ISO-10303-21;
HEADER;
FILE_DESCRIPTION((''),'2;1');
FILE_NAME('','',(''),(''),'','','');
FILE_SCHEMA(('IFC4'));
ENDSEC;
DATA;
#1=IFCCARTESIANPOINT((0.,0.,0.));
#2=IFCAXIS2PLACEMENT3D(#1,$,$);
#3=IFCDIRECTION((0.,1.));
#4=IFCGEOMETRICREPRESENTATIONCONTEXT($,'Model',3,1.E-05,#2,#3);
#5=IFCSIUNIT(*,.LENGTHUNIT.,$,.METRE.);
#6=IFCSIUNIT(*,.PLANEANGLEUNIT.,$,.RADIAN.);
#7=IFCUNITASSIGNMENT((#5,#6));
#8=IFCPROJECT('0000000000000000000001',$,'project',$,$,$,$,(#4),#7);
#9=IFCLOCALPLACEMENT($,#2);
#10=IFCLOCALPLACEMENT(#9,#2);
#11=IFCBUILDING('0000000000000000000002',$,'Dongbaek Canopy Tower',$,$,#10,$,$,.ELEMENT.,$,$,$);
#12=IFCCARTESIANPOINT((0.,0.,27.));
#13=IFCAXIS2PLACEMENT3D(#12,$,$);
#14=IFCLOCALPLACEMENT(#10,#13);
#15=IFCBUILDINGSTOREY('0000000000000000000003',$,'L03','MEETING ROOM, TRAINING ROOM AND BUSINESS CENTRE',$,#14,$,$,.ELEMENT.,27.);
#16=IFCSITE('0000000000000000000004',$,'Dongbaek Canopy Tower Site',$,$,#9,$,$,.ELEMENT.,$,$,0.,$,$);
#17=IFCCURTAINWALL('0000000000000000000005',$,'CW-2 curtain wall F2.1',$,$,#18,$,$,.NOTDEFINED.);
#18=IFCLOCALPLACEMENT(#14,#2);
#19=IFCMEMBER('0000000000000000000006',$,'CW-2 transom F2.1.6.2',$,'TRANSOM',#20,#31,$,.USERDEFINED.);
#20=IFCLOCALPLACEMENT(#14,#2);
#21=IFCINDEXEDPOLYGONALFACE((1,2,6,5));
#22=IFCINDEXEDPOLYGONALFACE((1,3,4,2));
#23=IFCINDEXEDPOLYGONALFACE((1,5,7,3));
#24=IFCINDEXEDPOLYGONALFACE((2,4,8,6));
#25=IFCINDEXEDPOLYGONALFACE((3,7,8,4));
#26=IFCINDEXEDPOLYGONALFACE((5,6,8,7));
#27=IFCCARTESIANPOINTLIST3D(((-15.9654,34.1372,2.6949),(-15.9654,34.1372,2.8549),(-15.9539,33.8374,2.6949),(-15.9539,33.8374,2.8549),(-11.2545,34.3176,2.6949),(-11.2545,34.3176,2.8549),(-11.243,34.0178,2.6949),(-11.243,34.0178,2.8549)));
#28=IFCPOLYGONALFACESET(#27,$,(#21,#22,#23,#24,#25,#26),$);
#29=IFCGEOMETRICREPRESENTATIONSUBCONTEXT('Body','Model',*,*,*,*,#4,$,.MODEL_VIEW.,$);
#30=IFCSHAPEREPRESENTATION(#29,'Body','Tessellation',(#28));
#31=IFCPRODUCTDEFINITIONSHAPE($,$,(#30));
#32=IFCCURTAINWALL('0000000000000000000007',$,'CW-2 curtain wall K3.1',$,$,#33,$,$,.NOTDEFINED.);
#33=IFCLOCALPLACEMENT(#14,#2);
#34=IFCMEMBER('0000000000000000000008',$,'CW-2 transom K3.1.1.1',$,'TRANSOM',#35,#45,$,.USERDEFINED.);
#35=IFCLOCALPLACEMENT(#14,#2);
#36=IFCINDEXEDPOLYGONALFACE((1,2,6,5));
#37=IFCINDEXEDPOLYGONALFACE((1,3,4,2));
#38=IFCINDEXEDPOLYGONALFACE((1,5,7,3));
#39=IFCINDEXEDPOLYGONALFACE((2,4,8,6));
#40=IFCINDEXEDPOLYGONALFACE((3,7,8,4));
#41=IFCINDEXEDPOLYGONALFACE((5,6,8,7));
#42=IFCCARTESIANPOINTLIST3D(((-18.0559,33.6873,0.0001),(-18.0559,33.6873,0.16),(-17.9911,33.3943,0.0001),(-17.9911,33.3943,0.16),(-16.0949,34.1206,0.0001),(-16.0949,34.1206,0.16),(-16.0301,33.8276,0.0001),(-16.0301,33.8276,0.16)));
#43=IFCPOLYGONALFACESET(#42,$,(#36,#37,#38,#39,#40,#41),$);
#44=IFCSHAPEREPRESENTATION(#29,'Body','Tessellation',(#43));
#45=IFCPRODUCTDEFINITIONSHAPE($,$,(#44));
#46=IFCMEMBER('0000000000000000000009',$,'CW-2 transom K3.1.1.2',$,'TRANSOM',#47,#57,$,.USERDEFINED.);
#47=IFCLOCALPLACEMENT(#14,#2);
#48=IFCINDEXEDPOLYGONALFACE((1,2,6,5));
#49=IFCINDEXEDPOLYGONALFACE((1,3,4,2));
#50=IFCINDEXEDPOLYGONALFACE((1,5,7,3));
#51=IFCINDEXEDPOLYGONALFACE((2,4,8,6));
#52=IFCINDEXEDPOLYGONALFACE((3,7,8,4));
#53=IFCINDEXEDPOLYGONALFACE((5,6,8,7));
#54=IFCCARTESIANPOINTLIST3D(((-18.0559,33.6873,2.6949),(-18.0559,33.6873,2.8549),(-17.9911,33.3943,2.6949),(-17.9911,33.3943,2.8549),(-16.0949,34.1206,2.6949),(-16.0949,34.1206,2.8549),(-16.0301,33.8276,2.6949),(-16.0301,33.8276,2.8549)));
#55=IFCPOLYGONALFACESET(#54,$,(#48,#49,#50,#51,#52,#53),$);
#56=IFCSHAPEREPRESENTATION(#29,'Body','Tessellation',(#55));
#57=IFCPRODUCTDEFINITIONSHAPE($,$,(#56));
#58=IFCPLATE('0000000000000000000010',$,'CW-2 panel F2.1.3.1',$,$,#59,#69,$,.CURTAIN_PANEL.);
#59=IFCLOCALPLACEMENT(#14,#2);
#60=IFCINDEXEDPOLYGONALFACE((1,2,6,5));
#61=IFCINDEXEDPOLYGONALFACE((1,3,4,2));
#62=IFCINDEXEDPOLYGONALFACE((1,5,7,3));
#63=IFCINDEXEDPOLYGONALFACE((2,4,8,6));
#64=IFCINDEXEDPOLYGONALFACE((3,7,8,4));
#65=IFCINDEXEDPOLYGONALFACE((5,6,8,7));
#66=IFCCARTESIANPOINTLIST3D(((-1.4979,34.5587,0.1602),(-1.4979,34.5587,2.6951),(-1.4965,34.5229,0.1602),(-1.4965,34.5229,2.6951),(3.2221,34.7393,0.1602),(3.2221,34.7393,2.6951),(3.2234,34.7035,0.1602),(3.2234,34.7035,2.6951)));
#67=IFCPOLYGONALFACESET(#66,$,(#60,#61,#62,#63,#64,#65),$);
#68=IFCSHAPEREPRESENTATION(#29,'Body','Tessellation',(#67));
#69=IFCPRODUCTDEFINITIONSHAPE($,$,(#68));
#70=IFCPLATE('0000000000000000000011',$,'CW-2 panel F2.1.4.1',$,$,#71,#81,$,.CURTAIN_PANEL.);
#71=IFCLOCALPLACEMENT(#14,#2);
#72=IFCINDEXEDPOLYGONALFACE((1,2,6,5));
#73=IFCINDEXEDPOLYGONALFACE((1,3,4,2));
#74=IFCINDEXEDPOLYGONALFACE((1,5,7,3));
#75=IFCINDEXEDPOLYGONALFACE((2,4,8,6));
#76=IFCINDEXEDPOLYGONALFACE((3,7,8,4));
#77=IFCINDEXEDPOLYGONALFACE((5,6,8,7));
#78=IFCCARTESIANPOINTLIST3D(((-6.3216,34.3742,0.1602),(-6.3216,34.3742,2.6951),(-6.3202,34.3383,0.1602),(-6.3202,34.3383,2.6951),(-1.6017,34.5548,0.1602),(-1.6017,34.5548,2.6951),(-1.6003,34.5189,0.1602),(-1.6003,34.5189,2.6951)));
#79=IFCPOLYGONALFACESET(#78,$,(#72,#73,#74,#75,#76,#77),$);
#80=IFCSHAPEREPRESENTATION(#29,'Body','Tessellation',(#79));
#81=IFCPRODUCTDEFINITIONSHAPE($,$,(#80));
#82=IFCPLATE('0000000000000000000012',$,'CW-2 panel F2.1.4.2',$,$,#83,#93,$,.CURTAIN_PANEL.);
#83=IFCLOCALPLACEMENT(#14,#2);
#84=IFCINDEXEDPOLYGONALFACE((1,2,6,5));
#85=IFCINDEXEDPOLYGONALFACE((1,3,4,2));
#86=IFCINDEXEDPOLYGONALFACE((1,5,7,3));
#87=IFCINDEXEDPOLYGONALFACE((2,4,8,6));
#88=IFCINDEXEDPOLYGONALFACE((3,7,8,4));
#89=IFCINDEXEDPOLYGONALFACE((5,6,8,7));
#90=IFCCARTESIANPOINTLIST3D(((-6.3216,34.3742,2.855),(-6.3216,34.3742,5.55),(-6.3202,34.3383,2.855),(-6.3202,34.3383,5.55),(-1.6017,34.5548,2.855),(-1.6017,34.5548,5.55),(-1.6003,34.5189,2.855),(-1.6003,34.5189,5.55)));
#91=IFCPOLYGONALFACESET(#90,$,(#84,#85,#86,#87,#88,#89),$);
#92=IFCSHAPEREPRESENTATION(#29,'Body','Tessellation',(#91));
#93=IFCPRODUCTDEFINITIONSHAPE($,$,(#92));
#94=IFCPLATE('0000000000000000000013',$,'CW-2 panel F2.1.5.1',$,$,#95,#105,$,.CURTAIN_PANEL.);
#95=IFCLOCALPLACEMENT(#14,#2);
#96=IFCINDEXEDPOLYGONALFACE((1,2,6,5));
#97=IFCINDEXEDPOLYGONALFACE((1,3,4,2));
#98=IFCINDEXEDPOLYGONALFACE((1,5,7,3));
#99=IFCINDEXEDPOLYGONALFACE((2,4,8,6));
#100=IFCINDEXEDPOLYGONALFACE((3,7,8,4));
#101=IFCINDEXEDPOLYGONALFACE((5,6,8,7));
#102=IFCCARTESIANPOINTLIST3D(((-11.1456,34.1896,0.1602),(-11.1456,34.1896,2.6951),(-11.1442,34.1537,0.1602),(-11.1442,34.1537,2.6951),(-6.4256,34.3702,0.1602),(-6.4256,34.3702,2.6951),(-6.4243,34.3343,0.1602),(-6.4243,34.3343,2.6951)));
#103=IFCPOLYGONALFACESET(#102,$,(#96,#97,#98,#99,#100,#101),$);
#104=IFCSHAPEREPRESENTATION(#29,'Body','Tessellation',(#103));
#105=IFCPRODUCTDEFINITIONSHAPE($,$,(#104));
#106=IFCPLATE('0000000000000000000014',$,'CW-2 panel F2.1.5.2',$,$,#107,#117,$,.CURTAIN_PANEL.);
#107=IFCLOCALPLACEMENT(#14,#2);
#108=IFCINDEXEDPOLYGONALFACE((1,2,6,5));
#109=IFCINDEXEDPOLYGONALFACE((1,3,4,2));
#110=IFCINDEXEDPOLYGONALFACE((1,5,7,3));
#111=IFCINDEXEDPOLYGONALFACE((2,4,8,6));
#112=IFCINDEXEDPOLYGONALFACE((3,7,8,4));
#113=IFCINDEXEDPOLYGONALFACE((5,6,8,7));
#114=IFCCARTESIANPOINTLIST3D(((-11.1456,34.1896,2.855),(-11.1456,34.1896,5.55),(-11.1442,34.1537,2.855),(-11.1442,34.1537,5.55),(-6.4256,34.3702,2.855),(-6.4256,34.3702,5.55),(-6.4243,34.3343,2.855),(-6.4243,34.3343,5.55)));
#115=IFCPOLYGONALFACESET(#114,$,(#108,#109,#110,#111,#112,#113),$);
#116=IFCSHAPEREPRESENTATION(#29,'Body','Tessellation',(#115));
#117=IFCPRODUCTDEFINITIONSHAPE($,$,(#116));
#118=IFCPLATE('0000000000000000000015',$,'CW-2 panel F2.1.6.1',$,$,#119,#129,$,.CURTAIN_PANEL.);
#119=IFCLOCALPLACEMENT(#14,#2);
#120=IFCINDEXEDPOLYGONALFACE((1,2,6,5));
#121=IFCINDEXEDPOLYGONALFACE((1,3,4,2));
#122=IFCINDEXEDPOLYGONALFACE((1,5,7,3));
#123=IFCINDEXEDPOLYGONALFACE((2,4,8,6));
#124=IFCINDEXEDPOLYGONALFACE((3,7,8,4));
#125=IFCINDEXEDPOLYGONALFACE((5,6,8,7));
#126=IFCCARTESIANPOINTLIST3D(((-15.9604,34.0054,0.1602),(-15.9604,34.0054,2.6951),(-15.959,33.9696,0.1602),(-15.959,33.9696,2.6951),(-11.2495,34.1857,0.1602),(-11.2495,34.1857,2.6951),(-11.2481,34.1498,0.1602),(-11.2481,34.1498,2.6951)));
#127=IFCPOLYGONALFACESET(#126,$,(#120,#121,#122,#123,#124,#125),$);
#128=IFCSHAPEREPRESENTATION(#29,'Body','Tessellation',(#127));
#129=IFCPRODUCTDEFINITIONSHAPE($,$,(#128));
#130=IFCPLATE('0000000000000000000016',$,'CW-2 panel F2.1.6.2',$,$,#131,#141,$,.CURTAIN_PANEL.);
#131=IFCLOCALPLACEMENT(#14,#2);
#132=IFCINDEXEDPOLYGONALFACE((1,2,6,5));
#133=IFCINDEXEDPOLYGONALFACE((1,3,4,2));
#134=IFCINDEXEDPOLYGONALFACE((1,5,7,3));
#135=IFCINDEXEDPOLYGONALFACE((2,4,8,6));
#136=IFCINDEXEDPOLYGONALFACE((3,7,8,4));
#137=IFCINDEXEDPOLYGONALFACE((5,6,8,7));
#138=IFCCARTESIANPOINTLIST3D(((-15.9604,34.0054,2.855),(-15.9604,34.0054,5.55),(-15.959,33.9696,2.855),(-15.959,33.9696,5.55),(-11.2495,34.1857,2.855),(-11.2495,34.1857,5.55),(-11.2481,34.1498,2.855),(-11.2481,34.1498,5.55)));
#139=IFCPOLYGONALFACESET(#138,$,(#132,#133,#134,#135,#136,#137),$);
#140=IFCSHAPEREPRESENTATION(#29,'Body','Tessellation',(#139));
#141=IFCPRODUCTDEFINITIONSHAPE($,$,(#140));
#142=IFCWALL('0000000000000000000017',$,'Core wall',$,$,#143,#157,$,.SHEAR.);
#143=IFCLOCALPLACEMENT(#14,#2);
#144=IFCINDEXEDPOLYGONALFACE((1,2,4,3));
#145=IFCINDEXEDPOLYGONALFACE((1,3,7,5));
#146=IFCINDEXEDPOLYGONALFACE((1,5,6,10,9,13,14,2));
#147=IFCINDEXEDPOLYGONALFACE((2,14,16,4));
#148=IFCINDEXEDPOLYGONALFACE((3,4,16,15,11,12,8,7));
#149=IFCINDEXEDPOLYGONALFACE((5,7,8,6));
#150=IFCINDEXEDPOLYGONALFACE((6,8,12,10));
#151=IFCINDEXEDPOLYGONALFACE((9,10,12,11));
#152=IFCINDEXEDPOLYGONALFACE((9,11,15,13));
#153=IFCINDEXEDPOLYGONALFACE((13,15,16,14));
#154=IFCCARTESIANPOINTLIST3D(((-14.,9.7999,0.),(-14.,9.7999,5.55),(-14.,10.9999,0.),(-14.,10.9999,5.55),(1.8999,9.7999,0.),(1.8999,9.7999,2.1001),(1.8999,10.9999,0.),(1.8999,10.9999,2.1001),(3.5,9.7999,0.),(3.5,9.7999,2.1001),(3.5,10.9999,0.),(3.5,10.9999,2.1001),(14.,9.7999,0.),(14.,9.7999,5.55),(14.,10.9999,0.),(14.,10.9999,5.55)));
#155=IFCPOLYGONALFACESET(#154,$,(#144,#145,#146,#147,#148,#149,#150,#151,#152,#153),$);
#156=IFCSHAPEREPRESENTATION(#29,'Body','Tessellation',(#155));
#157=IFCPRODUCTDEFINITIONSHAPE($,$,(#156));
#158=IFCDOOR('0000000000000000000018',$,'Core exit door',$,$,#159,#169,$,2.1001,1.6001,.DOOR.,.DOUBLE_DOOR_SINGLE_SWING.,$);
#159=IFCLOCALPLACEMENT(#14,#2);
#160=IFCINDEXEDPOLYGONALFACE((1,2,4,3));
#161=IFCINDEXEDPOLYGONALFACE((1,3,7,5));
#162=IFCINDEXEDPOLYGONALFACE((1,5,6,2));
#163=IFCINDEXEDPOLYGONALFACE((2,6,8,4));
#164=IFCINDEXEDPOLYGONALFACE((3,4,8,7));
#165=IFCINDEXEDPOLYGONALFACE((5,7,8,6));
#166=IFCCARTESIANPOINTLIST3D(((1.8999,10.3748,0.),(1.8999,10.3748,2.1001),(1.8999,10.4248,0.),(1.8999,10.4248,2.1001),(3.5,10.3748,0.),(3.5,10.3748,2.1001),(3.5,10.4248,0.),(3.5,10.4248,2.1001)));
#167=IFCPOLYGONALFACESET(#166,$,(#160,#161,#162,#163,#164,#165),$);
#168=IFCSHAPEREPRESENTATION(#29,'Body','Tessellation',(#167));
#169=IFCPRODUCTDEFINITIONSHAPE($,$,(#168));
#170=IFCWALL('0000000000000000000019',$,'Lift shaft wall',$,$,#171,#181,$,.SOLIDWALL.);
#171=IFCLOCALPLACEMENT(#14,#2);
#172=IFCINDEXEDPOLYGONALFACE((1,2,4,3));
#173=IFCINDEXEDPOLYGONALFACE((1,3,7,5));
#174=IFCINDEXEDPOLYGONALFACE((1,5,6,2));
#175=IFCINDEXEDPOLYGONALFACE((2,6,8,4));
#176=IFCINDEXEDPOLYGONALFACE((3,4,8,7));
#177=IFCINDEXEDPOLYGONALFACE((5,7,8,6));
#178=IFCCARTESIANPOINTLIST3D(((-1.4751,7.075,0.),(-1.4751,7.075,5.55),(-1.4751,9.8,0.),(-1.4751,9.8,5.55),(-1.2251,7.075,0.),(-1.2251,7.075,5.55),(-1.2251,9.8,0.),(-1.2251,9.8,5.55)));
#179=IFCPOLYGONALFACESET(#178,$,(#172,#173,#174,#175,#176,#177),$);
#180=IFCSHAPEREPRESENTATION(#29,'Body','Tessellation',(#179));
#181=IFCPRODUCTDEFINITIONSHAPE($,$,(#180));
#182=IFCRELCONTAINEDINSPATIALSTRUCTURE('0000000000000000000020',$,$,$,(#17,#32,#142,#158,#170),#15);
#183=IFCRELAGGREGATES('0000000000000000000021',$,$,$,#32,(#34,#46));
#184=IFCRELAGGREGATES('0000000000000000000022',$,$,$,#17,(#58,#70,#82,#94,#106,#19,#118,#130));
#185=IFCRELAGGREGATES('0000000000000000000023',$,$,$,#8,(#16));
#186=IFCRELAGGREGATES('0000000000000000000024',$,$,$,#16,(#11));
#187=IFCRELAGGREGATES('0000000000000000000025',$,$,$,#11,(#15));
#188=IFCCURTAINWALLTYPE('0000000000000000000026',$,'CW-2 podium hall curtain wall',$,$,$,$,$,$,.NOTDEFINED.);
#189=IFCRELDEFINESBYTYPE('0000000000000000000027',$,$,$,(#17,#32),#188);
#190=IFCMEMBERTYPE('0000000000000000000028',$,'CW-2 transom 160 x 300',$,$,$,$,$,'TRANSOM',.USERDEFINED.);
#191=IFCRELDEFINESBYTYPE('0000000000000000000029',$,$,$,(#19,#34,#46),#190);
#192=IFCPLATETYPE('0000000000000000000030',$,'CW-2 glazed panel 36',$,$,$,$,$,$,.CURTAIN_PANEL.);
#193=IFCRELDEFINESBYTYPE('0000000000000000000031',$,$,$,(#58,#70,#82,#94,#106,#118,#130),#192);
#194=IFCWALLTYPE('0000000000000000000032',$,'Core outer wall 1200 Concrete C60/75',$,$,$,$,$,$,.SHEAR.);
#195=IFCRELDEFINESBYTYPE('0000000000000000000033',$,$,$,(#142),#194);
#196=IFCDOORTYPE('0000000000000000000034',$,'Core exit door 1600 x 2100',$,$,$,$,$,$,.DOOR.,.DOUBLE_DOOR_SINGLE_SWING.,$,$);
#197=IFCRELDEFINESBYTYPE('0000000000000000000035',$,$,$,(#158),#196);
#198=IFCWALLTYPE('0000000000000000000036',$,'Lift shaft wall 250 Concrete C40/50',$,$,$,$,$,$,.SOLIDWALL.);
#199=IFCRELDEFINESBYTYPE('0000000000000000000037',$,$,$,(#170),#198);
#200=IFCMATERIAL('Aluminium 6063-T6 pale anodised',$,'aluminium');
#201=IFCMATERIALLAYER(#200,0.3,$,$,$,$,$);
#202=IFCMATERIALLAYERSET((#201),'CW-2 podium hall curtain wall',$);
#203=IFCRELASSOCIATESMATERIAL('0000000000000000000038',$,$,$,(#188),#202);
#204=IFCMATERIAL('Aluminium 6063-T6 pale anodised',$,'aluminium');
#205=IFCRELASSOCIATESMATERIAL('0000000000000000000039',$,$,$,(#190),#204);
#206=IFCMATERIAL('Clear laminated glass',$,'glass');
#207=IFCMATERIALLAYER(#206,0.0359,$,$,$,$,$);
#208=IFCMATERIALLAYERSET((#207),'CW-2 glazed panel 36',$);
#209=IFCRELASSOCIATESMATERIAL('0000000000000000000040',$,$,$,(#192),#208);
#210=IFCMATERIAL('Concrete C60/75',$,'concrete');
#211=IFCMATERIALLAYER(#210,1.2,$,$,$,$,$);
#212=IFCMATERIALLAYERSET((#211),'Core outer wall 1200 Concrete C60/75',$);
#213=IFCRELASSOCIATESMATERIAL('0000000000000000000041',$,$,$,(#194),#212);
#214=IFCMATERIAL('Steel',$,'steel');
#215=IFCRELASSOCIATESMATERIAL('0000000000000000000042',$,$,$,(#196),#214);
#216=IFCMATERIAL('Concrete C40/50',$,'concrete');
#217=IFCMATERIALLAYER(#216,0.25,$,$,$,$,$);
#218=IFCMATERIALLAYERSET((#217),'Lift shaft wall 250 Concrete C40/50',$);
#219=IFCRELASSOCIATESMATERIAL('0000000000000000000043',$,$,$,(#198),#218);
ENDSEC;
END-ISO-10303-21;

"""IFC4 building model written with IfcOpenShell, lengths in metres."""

from ifc_helpers import new_model, si_unit, direction, frame, frame_2d, origin, origin_2d, place, context, subcontext, project, spatial, rectangle, extrude, material, layer, layer_set, material_profile, profile_set, type_object, element, fill, aggregate, save


model = new_model("IFC4")

# Units and contexts
model_context = context("Model", 3, precision=1e-05, world=origin(), true_north=direction((0.0, 1.0)))
body_context = subcontext(model_context, "Body", "Model", "MODEL_VIEW")
ifc_project = project(units=[si_unit("LENGTHUNIT", "METRE"), si_unit("PLANEANGLEUNIT", "RADIAN")], contexts=[model_context])

# Site, building, storey
site_placement = place(None, origin())
site = spatial("IfcSite", under=ifc_project, at=site_placement, Name="Dongbaek Canopy Tower Site", CompositionType="ELEMENT", RefElevation=0.0)
building_placement = place(site_placement, origin())
building = spatial("IfcBuilding", under=site, at=building_placement, Name="Dongbaek Canopy Tower", CompositionType="ELEMENT")
storey_placement = place(building_placement, frame((0.0, 0.0, 27.0)))
storey = spatial("IfcBuildingStorey", under=building, at=storey_placement, Name="L03", Description="MEETING ROOM, TRAINING ROOM AND BUSINESS CENTRE", CompositionType="ELEMENT", Elevation=27.0)

# Curtain walls, members
ifc_material_1 = material(Name="Aluminium 6063-T6 pale anodised", Category="aluminium")
ifc_layer_1 = layer(ifc_material_1, 0.3)
ifc_layer_set_1 = layer_set([ifc_layer_1], Name="CW-2 podium hall curtain wall")
curtain_wall_type = type_object("IfcCurtainWallType", Name="CW-2 podium hall curtain wall", PredefinedType="NOTDEFINED", material=ifc_layer_set_1)
curtain_wall_1_placement = place(storey_placement, origin())
curtain_wall_1 = element("IfcCurtainWall", 1, at=curtain_wall_1_placement, inside=storey, type_object=curtain_wall_type, Name="CW-2 curtain wall F2.1", PredefinedType="NOTDEFINED")
ifc_material_2 = material(Name="Aluminium 6063-T6 pale anodised", Category="aluminium")
ifc_material_profile_1 = material_profile(ifc_material_2, rectangle(XDim=0.3, YDim=0.1599, at=origin_2d()), Name="CW-2 transom 160 x 300")
ifc_profile_set_1 = profile_set([ifc_material_profile_1], Name="Aluminium 6063-T6 pale anodised")
member_type_1 = type_object("IfcMemberType", Name="CW-2 transom 160 x 300", ElementType="TRANSOM", PredefinedType="USERDEFINED", material=ifc_profile_set_1)
member_1_placement = place(storey_placement, frame((-11.2488, 34.1677, 2.7749), z_axis=(-0.999267, -0.03827, 0.0), x_axis=(0.03827, -0.999267, 0.0)))
member_1 = element("IfcMember", 2, at=member_1_placement, type_object=member_type_1, Name="CW-2 transom F2.1.6.2", ObjectType="TRANSOM", PredefinedType="USERDEFINED", context=body_context, shape_type="SweptSolid", body=[
    extrude(rectangle(XDim=0.3, YDim=0.1599, at=origin_2d()), origin(), (0.0, 0.0, 1.0), 4.7144),
])
curtain_wall_2_placement = place(storey_placement, origin())
curtain_wall_2 = element("IfcCurtainWall", 3, at=curtain_wall_2_placement, inside=storey, type_object=curtain_wall_type, Name="CW-2 curtain wall K3.1", PredefinedType="NOTDEFINED")
member_2_placement = place(storey_placement, frame((-16.0625, 33.9741, 0.0801), z_axis=(-0.976441, -0.215785, 0.0), x_axis=(0.215785, -0.976441, 0.0)))
member_2 = element("IfcMember", 4, at=member_2_placement, type_object=member_type_1, Name="CW-2 transom K3.1.1.1", ObjectType="TRANSOM", PredefinedType="USERDEFINED", context=body_context, shape_type="SweptSolid", body=[
    extrude(rectangle(XDim=0.3, YDim=0.1599, at=origin_2d()), origin(), (0.0, 0.0, 1.0), 2.0083),
])
member_3_placement = place(storey_placement, frame((-16.0625, 33.9741, 2.7749), z_axis=(-0.976441, -0.215785, 0.0), x_axis=(0.215785, -0.976441, 0.0)))
member_3 = element("IfcMember", 5, at=member_3_placement, type_object=member_type_1, Name="CW-2 transom K3.1.1.2", ObjectType="TRANSOM", PredefinedType="USERDEFINED", context=body_context, shape_type="SweptSolid", body=[
    extrude(rectangle(XDim=0.3, YDim=0.1599, at=origin_2d()), origin(), (0.0, 0.0, 1.0), 2.0083),
])
aggregate(curtain_wall_2, [member_2, member_3])

# Plates
ifc_material_3 = material(Name="Clear laminated glass", Category="glass")
ifc_layer_2 = layer(ifc_material_3, 0.0359)
ifc_layer_set_2 = layer_set([ifc_layer_2], Name="CW-2 glazed panel 36")
plate_type = type_object("IfcPlateType", Name="CW-2 glazed panel 36", PredefinedType="CURTAIN_PANEL", material=ifc_layer_set_2)
plate_1_placement = place(storey_placement, frame((0.8628, 34.6311, 0.1602), z_axis=(0.0, 0.0, 1.0), x_axis=(-0.999269, -0.038232, 0.0)))
plate_1 = element("IfcPlate", 6, at=plate_1_placement, type_object=plate_type, Name="CW-2 panel F2.1.3.1", PredefinedType="CURTAIN_PANEL", context=body_context, shape_type="SweptSolid", body=[
    extrude(rectangle(XDim=4.7234, YDim=0.0359, at=origin_2d()), origin(), (0.0, 0.0, 1.0), 2.5349),
])
plate_2_placement = place(storey_placement, frame((-3.9609, 34.4465, 0.1602), z_axis=(0.0, 0.0, 1.0), x_axis=(-0.999269, -0.038232, 0.0)))
plate_2 = element("IfcPlate", 7, at=plate_2_placement, type_object=plate_type, Name="CW-2 panel F2.1.4.1", PredefinedType="CURTAIN_PANEL", context=body_context, shape_type="SweptSolid", body=[
    extrude(rectangle(XDim=4.7234, YDim=0.0359, at=origin_2d()), origin(), (0.0, 0.0, 1.0), 2.5349),
])
plate_3_placement = place(storey_placement, frame((-3.9609, 34.4465, 2.855), z_axis=(0.0, 0.0, 1.0), x_axis=(-0.999269, -0.038232, 0.0)))
plate_3 = element("IfcPlate", 8, at=plate_3_placement, type_object=plate_type, Name="CW-2 panel F2.1.4.2", PredefinedType="CURTAIN_PANEL", context=body_context, shape_type="SweptSolid", body=[
    extrude(rectangle(XDim=4.7234, YDim=0.0359, at=origin_2d()), origin(), (0.0, 0.0, 1.0), 2.6951),
])
plate_4_placement = place(storey_placement, frame((-8.7849, 34.262, 0.1602), z_axis=(0.0, 0.0, 1.0), x_axis=(-0.999269, -0.038232, 0.0)))
plate_4 = element("IfcPlate", 9, at=plate_4_placement, type_object=plate_type, Name="CW-2 panel F2.1.5.1", PredefinedType="CURTAIN_PANEL", context=body_context, shape_type="SweptSolid", body=[
    extrude(rectangle(XDim=4.7234, YDim=0.0359, at=origin_2d()), origin(), (0.0, 0.0, 1.0), 2.5349),
])
plate_5_placement = place(storey_placement, frame((-8.7849, 34.262, 2.855), z_axis=(0.0, 0.0, 1.0), x_axis=(-0.999269, -0.038232, 0.0)))
plate_5 = element("IfcPlate", 10, at=plate_5_placement, type_object=plate_type, Name="CW-2 panel F2.1.5.2", PredefinedType="CURTAIN_PANEL", context=body_context, shape_type="SweptSolid", body=[
    extrude(rectangle(XDim=4.7234, YDim=0.0359, at=origin_2d()), origin(), (0.0, 0.0, 1.0), 2.6951),
])
plate_6_placement = place(storey_placement, frame((-13.6042, 34.0776, 0.1602), z_axis=(0.0, 0.0, 1.0), x_axis=(-0.999269, -0.038232, 0.0)))
plate_6 = element("IfcPlate", 11, at=plate_6_placement, type_object=plate_type, Name="CW-2 panel F2.1.6.1", PredefinedType="CURTAIN_PANEL", context=body_context, shape_type="SweptSolid", body=[
    extrude(rectangle(XDim=4.7144, YDim=0.0359, at=origin_2d()), origin(), (0.0, 0.0, 1.0), 2.5349),
])
plate_7_placement = place(storey_placement, frame((-13.6042, 34.0776, 2.855), z_axis=(0.0, 0.0, 1.0), x_axis=(-0.999269, -0.038232, 0.0)))
plate_7 = element("IfcPlate", 12, at=plate_7_placement, type_object=plate_type, Name="CW-2 panel F2.1.6.2", PredefinedType="CURTAIN_PANEL", context=body_context, shape_type="SweptSolid", body=[
    extrude(rectangle(XDim=4.7144, YDim=0.0359, at=origin_2d()), origin(), (0.0, 0.0, 1.0), 2.6951),
])
aggregate(curtain_wall_1, [plate_1, plate_2, plate_3, plate_4, plate_5, member_1, plate_6, plate_7])

# Wall, opening, door
ifc_material_4 = material(Name="Concrete C60/75", Category="concrete")
ifc_layer_3 = layer(ifc_material_4, 1.2)
ifc_layer_set_3 = layer_set([ifc_layer_3], Name="Core outer wall 1200 Concrete C60/75")
wall_type_1 = type_object("IfcWallType", Name="Core outer wall 1200 Concrete C60/75", PredefinedType="SHEAR", material=ifc_layer_set_3)
wall_1_placement = place(storey_placement, frame((-14.0, 10.3999, 0.0), z_axis=(0.0, 0.0, 1.0), x_axis=(1.0, 0.0, 0.0)))
wall_1 = element("IfcWall", 13, at=wall_1_placement, inside=storey, type_object=wall_type_1, Name="Core wall", PredefinedType="SHEAR", context=body_context, shape_type="SweptSolid", body=[
    extrude(rectangle(XDim=28.0, YDim=1.2, at=frame_2d((14.0, 0.0))), origin(), (0.0, 0.0, 1.0), 5.55),
])
opening_placement = place(wall_1_placement, frame((15.8999, 0.0, 0.0)))
opening = element("IfcOpeningElement", 14, at=opening_placement, cuts=wall_1, PredefinedType="OPENING", context=body_context, shape_type="SweptSolid", body=[
    extrude(rectangle(XDim=1.6001, YDim=2.1001, at=frame_2d((0.8, 1.05))), frame((0.0, 0.6099, 0.0), z_axis=(0.0, -1.0, 0.0), x_axis=(1.0, 0.0, 0.0)), (0.0, 0.0, 1.0), 1.22),
])
ifc_material_5 = material(Name="Steel", Category="steel")
door_type = type_object("IfcDoorType", Name="Core exit door 1600 x 2100", OperationType="DOUBLE_DOOR_SINGLE_SWING", PredefinedType="DOOR", material=ifc_material_5)
door_placement = place(opening_placement, origin())
door = element("IfcDoor", 15, at=door_placement, inside=storey, type_object=door_type, Name="Core exit door", OperationType="DOUBLE_DOOR_SINGLE_SWING", OverallHeight=2.1001, OverallWidth=1.6001, PredefinedType="DOOR", context=body_context, shape_type="SweptSolid", body=[
    extrude(rectangle(XDim=1.6001, YDim=2.1001, at=frame_2d((0.8, 1.05))), frame((0.0, 0.0249, 0.0), z_axis=(0.0, -1.0, 0.0), x_axis=(1.0, 0.0, 0.0)), (0.0, 0.0, 1.0), 0.05),
])
fill(opening, door)

# Wall
ifc_material_6 = material(Name="Concrete C40/50", Category="concrete")
ifc_layer_4 = layer(ifc_material_6, 0.25)
ifc_layer_set_4 = layer_set([ifc_layer_4], Name="Lift shaft wall 250 Concrete C40/50")
wall_type_2 = type_object("IfcWallType", Name="Lift shaft wall 250 Concrete C40/50", PredefinedType="SOLIDWALL", material=ifc_layer_set_4)
wall_2_placement = place(storey_placement, frame((-1.3501, 7.075, 0.0), z_axis=(0.0, 0.0, 1.0), x_axis=(0.0, 1.0, 0.0)))
element("IfcWall", 16, at=wall_2_placement, inside=storey, type_object=wall_type_2, Name="Lift shaft wall", PredefinedType="SOLIDWALL", context=body_context, shape_type="SweptSolid", body=[
    extrude(rectangle(XDim=2.7251, YDim=0.25, at=frame_2d((1.3625, 0.0))), origin(), (0.0, 0.0, 1.0), 5.55),
])

save(model, "model.ifc")
